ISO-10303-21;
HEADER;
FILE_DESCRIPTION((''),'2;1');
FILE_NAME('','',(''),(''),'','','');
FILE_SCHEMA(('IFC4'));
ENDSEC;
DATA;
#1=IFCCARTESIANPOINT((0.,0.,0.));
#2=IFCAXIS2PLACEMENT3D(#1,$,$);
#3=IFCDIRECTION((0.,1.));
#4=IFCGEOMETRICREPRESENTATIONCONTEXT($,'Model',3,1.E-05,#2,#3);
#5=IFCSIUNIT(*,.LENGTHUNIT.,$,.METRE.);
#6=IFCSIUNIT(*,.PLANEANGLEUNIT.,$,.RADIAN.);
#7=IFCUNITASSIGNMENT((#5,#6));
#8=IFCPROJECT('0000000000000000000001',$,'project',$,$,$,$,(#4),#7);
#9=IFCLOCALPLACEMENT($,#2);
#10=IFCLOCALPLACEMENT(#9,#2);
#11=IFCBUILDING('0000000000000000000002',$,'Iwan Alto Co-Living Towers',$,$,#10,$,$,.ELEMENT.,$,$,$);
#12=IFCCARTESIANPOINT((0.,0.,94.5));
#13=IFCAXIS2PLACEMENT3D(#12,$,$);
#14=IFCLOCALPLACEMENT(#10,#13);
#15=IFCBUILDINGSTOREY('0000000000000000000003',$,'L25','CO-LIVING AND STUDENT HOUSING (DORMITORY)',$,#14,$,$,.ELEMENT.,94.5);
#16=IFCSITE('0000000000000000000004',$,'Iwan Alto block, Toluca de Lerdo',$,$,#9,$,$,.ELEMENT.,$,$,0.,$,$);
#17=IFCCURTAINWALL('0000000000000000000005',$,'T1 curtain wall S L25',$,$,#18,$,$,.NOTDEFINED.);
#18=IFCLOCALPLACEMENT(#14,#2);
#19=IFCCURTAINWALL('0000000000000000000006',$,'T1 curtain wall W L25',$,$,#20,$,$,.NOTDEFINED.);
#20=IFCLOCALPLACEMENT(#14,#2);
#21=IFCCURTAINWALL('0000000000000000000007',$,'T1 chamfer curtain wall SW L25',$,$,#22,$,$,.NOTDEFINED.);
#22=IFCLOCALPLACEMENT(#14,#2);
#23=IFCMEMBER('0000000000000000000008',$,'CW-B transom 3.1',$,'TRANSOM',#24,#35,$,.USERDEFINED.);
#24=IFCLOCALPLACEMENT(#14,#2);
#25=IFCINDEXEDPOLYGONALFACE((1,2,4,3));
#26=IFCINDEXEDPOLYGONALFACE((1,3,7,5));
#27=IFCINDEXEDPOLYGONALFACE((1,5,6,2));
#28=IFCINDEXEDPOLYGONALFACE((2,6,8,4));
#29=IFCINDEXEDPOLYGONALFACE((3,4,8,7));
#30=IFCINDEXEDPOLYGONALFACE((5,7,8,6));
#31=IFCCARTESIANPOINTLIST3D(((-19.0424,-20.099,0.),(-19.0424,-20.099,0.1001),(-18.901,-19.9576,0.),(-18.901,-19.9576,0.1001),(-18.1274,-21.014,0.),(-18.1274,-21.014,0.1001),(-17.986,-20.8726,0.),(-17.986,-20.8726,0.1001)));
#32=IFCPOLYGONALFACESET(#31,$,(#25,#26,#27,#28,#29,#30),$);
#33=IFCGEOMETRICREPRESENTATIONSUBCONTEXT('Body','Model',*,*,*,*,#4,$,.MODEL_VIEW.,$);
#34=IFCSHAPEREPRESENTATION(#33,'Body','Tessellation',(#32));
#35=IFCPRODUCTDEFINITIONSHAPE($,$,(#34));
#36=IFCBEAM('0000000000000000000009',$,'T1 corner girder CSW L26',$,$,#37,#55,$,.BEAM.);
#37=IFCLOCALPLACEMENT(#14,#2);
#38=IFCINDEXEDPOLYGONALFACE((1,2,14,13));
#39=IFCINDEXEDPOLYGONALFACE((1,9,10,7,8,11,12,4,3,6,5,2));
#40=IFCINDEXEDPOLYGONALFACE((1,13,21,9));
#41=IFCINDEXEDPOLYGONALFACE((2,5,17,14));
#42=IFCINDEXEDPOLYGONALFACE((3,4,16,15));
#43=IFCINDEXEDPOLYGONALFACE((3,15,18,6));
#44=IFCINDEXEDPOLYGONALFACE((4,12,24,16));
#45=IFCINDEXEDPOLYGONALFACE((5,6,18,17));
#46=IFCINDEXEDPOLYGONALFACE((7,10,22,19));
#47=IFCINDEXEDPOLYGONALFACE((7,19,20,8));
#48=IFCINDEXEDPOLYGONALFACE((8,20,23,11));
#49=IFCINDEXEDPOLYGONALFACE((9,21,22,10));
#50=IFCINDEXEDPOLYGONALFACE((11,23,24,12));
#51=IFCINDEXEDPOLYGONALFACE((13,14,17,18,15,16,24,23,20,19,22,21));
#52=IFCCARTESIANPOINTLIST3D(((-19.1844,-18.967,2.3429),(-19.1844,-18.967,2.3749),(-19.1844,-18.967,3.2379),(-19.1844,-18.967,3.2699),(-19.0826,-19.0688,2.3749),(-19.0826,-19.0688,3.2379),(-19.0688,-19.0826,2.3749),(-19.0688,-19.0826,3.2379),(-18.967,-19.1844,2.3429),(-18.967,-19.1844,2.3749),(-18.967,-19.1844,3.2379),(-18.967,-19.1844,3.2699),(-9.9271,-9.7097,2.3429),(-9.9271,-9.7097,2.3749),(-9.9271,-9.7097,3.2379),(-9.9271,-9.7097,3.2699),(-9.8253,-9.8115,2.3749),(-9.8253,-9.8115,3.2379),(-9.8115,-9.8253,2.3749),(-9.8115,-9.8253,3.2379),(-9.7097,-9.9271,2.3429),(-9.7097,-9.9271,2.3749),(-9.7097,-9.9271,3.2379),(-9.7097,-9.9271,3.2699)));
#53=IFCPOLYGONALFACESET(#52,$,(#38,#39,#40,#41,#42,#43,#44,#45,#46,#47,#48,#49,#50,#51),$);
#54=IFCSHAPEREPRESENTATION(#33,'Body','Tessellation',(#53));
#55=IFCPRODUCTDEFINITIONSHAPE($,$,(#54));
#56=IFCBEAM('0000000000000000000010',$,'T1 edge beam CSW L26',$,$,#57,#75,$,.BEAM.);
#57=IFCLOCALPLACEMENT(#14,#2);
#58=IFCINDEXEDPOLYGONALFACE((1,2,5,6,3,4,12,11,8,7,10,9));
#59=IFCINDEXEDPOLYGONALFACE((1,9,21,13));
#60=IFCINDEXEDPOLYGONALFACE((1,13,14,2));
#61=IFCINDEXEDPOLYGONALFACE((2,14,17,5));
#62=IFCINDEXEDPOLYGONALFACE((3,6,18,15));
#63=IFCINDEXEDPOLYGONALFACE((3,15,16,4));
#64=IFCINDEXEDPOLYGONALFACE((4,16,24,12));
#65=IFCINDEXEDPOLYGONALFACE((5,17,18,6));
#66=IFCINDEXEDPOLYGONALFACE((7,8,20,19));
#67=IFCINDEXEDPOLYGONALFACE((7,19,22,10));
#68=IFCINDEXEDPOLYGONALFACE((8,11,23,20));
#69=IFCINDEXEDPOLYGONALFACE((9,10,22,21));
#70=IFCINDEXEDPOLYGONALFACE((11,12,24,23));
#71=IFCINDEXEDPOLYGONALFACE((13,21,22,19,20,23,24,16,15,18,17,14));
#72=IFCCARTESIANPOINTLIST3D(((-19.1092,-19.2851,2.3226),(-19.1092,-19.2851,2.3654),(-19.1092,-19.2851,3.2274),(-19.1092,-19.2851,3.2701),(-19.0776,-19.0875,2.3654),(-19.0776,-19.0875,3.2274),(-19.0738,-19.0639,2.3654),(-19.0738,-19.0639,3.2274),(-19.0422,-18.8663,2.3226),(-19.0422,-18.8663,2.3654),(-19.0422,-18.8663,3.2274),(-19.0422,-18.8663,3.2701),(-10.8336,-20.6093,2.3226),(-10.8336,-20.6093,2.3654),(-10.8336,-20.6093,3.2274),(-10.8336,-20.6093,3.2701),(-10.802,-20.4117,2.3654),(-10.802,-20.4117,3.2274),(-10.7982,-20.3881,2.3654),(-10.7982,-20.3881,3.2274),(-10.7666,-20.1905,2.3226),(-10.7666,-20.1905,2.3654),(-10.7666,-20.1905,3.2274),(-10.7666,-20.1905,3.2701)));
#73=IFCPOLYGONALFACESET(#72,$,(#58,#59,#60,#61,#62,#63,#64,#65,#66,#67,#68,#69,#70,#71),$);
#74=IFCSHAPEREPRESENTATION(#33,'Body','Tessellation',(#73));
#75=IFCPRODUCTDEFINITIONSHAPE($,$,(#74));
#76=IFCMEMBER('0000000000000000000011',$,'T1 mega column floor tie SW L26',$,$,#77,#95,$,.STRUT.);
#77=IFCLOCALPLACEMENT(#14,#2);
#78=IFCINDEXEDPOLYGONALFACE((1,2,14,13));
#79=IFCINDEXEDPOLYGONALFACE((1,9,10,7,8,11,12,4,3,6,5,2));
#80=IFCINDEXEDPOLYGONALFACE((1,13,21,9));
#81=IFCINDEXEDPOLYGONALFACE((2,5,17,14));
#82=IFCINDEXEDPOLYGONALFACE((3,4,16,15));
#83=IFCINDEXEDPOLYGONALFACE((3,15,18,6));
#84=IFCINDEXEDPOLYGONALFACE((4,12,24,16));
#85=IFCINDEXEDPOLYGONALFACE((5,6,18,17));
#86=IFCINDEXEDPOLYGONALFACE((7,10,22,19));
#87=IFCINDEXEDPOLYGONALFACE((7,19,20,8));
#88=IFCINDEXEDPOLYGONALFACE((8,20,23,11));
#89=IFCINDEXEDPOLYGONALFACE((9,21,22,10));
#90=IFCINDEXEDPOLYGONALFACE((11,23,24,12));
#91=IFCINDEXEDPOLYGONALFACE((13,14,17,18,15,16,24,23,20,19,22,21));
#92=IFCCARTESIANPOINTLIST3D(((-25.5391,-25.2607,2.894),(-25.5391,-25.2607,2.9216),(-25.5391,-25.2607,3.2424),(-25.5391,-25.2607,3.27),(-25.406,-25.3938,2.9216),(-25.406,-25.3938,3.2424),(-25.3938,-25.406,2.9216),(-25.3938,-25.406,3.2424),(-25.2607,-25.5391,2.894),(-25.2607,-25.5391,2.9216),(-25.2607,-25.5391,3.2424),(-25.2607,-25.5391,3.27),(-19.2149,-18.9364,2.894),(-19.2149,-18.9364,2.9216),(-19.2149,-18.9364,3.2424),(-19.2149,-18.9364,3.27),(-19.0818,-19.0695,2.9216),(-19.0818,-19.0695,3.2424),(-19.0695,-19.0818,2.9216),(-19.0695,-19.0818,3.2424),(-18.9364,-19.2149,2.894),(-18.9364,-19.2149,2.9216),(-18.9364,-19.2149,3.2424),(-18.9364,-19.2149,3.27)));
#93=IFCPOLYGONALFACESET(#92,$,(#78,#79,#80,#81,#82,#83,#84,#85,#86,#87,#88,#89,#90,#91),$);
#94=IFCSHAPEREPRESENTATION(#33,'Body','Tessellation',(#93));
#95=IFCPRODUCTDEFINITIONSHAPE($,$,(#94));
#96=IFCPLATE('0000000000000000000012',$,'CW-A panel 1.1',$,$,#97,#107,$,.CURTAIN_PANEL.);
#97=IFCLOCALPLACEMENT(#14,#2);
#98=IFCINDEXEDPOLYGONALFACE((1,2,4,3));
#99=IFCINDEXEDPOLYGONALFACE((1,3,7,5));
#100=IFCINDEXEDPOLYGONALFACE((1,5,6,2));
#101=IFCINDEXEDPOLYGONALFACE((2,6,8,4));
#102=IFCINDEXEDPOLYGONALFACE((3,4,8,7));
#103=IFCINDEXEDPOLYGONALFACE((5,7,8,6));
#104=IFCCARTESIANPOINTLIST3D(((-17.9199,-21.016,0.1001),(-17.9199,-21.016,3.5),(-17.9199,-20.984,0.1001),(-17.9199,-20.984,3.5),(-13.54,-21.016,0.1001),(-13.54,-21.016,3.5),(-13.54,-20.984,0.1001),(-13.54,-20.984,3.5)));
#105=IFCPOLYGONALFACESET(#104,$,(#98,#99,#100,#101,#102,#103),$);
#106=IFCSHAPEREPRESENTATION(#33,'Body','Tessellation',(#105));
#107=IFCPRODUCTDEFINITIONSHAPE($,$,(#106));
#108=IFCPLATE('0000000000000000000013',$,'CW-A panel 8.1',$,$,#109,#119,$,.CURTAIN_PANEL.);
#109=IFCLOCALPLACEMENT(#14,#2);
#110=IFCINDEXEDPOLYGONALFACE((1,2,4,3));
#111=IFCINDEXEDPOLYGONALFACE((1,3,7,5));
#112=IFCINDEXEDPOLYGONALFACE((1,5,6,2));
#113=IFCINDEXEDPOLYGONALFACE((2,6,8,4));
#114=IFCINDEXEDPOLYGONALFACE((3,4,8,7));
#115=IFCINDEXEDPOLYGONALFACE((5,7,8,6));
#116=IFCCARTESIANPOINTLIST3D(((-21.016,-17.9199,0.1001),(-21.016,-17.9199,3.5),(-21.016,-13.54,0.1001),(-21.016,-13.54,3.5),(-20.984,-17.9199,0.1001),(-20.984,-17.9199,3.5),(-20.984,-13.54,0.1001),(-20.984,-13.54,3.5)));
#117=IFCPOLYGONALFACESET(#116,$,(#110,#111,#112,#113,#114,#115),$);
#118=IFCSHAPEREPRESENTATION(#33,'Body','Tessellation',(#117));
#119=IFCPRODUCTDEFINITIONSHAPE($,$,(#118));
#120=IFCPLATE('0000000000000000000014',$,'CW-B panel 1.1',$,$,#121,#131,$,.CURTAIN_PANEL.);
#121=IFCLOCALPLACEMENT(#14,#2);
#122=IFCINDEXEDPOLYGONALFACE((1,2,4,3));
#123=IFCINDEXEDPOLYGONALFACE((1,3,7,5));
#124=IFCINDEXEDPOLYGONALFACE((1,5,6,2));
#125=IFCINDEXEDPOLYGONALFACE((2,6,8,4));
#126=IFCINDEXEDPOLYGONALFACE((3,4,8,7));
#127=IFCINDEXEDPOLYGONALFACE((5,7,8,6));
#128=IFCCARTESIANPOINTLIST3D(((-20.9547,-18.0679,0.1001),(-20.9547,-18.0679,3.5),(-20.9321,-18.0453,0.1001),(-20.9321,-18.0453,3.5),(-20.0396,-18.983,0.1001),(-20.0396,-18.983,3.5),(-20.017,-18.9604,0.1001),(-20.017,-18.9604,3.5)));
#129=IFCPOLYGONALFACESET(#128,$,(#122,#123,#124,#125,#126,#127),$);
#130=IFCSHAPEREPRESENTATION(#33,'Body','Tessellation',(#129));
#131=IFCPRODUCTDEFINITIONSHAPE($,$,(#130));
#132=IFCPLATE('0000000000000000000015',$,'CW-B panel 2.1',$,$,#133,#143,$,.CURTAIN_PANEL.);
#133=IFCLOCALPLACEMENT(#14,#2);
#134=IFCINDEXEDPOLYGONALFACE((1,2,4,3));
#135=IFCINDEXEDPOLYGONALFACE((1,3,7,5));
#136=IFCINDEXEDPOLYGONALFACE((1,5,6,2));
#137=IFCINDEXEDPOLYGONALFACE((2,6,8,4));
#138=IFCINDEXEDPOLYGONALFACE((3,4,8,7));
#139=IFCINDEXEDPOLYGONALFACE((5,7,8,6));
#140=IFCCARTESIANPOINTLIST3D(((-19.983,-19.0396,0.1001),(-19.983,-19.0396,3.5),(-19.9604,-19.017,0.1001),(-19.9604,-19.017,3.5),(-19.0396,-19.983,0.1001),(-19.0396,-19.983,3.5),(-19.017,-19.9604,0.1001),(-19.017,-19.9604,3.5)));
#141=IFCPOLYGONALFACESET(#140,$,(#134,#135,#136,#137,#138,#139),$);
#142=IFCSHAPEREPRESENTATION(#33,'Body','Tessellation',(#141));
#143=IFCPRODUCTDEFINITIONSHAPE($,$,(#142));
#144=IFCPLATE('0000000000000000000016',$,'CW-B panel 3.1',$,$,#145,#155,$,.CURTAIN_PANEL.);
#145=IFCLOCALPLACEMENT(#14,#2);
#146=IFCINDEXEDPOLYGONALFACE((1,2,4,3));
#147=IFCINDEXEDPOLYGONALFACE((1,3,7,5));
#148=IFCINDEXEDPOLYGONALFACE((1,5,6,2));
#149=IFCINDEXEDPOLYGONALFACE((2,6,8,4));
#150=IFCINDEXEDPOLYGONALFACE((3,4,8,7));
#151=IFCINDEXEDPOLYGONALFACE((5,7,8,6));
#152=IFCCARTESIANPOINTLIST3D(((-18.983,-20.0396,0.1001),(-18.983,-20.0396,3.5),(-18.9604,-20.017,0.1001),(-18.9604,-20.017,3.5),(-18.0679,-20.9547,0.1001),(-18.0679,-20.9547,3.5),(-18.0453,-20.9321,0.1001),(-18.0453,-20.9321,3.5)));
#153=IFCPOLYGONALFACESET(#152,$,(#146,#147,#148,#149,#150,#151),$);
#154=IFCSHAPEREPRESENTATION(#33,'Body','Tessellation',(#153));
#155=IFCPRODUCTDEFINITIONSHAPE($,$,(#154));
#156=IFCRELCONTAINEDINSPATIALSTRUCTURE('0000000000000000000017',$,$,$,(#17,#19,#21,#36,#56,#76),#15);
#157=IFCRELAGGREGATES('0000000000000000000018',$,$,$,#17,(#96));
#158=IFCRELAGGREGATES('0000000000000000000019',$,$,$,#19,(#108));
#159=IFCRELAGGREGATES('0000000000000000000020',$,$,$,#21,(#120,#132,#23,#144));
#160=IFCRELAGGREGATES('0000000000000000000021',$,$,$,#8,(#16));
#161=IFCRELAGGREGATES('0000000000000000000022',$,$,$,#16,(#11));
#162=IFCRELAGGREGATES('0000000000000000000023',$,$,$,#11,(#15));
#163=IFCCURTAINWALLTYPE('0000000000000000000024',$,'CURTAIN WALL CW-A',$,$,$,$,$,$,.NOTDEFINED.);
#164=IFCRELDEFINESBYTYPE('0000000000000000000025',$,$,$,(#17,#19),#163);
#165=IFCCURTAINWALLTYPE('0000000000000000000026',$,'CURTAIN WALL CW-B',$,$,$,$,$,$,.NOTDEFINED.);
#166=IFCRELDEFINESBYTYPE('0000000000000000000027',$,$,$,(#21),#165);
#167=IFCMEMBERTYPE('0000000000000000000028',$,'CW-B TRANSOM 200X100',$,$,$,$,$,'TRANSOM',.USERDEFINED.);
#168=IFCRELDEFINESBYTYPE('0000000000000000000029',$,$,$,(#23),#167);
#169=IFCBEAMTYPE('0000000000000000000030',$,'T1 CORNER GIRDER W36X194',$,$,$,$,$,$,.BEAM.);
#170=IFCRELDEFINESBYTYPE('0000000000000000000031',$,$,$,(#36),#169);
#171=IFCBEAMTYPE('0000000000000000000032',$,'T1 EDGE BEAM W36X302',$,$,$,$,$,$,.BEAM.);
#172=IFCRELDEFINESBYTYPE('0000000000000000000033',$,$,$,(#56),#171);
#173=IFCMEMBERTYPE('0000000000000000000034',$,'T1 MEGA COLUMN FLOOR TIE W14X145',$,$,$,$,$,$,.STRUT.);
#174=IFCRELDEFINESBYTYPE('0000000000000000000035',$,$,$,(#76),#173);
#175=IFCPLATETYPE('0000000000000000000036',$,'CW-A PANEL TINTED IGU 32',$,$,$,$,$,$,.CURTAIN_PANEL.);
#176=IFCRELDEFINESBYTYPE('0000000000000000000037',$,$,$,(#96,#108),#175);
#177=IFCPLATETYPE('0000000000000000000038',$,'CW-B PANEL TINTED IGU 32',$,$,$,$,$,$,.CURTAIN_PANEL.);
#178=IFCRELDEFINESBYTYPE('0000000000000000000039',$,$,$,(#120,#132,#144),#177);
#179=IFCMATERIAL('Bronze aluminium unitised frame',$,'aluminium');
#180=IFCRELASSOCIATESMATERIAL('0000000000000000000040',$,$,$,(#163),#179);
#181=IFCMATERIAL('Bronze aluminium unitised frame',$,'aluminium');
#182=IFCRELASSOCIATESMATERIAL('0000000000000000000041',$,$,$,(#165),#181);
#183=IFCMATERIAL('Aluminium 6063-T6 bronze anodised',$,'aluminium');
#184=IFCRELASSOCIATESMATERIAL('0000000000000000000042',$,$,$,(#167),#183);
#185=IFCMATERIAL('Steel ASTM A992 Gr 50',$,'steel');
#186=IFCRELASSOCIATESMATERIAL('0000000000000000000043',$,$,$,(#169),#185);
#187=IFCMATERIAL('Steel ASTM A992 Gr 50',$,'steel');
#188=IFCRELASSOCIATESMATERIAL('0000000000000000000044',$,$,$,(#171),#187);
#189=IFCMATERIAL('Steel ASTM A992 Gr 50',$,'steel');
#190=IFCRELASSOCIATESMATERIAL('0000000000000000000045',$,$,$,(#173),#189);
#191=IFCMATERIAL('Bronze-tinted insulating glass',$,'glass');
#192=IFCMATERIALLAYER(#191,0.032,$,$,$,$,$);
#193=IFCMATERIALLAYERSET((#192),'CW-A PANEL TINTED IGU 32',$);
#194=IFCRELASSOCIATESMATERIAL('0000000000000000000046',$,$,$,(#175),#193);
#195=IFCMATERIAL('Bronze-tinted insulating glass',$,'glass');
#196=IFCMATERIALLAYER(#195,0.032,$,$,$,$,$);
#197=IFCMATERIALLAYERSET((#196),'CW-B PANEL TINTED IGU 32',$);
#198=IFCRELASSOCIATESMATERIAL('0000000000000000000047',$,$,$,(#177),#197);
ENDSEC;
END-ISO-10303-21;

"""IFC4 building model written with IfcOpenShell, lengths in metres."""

from ifc_helpers import new_model, si_unit, direction, frame, origin, origin_2d, place, context, subcontext, project, spatial, rectangle, i_section, extrude, material, layer, layer_set, material_profile, profile_set, type_object, element, aggregate, save


model = new_model("IFC4")

# Units and contexts
model_context = context("Model", 3, precision=1e-05, world=origin(), true_north=direction((0.0, 1.0)))
body_context = subcontext(model_context, "Body", "Model", "MODEL_VIEW")
ifc_project = project(units=[si_unit("LENGTHUNIT", "METRE"), si_unit("PLANEANGLEUNIT", "RADIAN")], contexts=[model_context])

# Site, building, storey
site_placement = place(None, origin())
site = spatial("IfcSite", under=ifc_project, at=site_placement, Name="Iwan Alto block, Toluca de Lerdo", CompositionType="ELEMENT", RefElevation=0.0)
building_placement = place(site_placement, origin())
building = spatial("IfcBuilding", under=site, at=building_placement, Name="Iwan Alto Co-Living Towers", CompositionType="ELEMENT")
storey_placement = place(building_placement, frame((0.0, 0.0, 94.5)))
storey = spatial("IfcBuildingStorey", under=building, at=storey_placement, Name="L25", Description="CO-LIVING AND STUDENT HOUSING (DORMITORY)", CompositionType="ELEMENT", Elevation=94.5)

# Curtain wall
ifc_material_1 = material(Name="Bronze aluminium unitised frame", Category="aluminium")
curtain_wall_type_1 = type_object("IfcCurtainWallType", Name="CURTAIN WALL CW-A", PredefinedType="NOTDEFINED", material=ifc_material_1)
curtain_wall_1_placement = place(storey_placement, origin())
curtain_wall_1 = element("IfcCurtainWall", 1, at=curtain_wall_1_placement, inside=storey, type_object=curtain_wall_type_1, Name="T1 curtain wall S L25", PredefinedType="NOTDEFINED")

# Curtain wall
curtain_wall_2_placement = place(storey_placement, origin())
curtain_wall_2 = element("IfcCurtainWall", 2, at=curtain_wall_2_placement, inside=storey, type_object=curtain_wall_type_1, Name="T1 curtain wall W L25", PredefinedType="NOTDEFINED")

# Curtain wall, member
ifc_material_2 = material(Name="Bronze aluminium unitised frame", Category="aluminium")
curtain_wall_type_2 = type_object("IfcCurtainWallType", Name="CURTAIN WALL CW-B", PredefinedType="NOTDEFINED", material=ifc_material_2)
curtain_wall_3_placement = place(storey_placement, origin())
curtain_wall_3 = element("IfcCurtainWall", 3, at=curtain_wall_3_placement, inside=storey, type_object=curtain_wall_type_2, Name="T1 chamfer curtain wall SW L25", PredefinedType="NOTDEFINED")
ifc_material_3 = material(Name="Aluminium 6063-T6 bronze anodised", Category="aluminium")
ifc_material_profile_1 = material_profile(ifc_material_3, rectangle(XDim=0.2, YDim=0.1001, at=origin_2d()), Name="AL 200X100")
ifc_profile_set_1 = profile_set([ifc_material_profile_1], Name="Aluminium 6063-T6 bronze anodised")
member_type_1 = type_object("IfcMemberType", Name="CW-B TRANSOM 200X100", ElementType="TRANSOM", PredefinedType="USERDEFINED", material=ifc_profile_set_1)
member_1_placement = place(storey_placement, frame((-18.9717, -20.0283, 0.05), z_axis=(0.707107, -0.707107, 0.0), x_axis=(0.707107, 0.707107, 0.0)))
member_1 = element("IfcMember", 4, at=member_1_placement, type_object=member_type_1, Name="CW-B transom 3.1", ObjectType="TRANSOM", PredefinedType="USERDEFINED", context=body_context, shape_type="SweptSolid", body=[
    extrude(rectangle(XDim=0.2, YDim=0.1001, at=origin_2d()), origin(), (0.0, 0.0, 1.0), 1.2939),
])

# Beams
ifc_material_4 = material(Name="Steel ASTM A992 Gr 50", Category="steel")
ifc_material_profile_2 = material_profile(ifc_material_4, i_section(OverallWidth=0.3074, OverallDepth=0.927, WebThickness=0.0195, FlangeThickness=0.032, at=origin_2d()), Name="W36X194")
ifc_profile_set_2 = profile_set([ifc_material_profile_2], Name="Steel ASTM A992 Gr 50")
beam_type_1 = type_object("IfcBeamType", Name="T1 CORNER GIRDER W36X194", PredefinedType="BEAM", material=ifc_profile_set_2)
beam_1_placement = place(storey_placement, frame((-19.0757, -19.0757, 2.8064), z_axis=(0.707107, 0.707107, 0.0), x_axis=(-0.707107, 0.707107, 0.0)))
element("IfcBeam", 5, at=beam_1_placement, inside=storey, type_object=beam_type_1, Name="T1 corner girder CSW L26", PredefinedType="BEAM", context=body_context, shape_type="SweptSolid", body=[
    extrude(i_section(OverallWidth=0.3074, OverallDepth=0.927, WebThickness=0.0195, FlangeThickness=0.032, at=origin_2d()), origin(), (0.0, 0.0, 1.0), 13.0918),
])
ifc_material_5 = material(Name="Steel ASTM A992 Gr 50", Category="steel")
ifc_material_profile_3 = material_profile(ifc_material_5, i_section(OverallWidth=0.4241, OverallDepth=0.9475, WebThickness=0.0239, FlangeThickness=0.0427, at=origin_2d()), Name="W36X302")
ifc_profile_set_3 = profile_set([ifc_material_profile_3], Name="Steel ASTM A992 Gr 50")
beam_type_2 = type_object("IfcBeamType", Name="T1 EDGE BEAM W36X302", PredefinedType="BEAM", material=ifc_profile_set_3)
beam_2_placement = place(storey_placement, frame((-19.0757, -19.0757, 2.7964), z_axis=(0.987438, -0.158004, 0.0), x_axis=(0.158004, 0.987438, 0.0)))
element("IfcBeam", 6, at=beam_2_placement, inside=storey, type_object=beam_type_2, Name="T1 edge beam CSW L26", PredefinedType="BEAM", context=body_context, shape_type="SweptSolid", body=[
    extrude(i_section(OverallWidth=0.4241, OverallDepth=0.9475, WebThickness=0.0239, FlangeThickness=0.0427, at=origin_2d()), origin(), (0.0, 0.0, 1.0), 8.3809),
])

# Member
ifc_material_6 = material(Name="Steel ASTM A992 Gr 50", Category="steel")
ifc_material_profile_4 = material_profile(ifc_material_6, i_section(OverallWidth=0.3938, OverallDepth=0.376, WebThickness=0.0173, FlangeThickness=0.0276, at=origin_2d()), Name="W14X145")
ifc_profile_set_4 = profile_set([ifc_material_profile_4], Name="Steel ASTM A992 Gr 50")
member_type_2 = type_object("IfcMemberType", Name="T1 MEGA COLUMN FLOOR TIE W14X145", PredefinedType="STRUT", material=ifc_profile_set_4)
member_2_placement = place(storey_placement, frame((-25.3999, -25.3999, 3.082), z_axis=(0.707107, 0.707107, 0.0), x_axis=(-0.707107, 0.707107, 0.0)))
element("IfcMember", 7, at=member_2_placement, inside=storey, type_object=member_type_2, Name="T1 mega column floor tie SW L26", PredefinedType="STRUT", context=body_context, shape_type="SweptSolid", body=[
    extrude(i_section(OverallWidth=0.3938, OverallDepth=0.376, WebThickness=0.0173, FlangeThickness=0.0276, at=origin_2d()), origin(), (0.0, 0.0, 1.0), 8.9438),
])

# Plates
ifc_material_7 = material(Name="Bronze-tinted insulating glass", Category="glass")
ifc_layer_1 = layer(ifc_material_7, 0.032)
ifc_layer_set_1 = layer_set([ifc_layer_1], Name="CW-A PANEL TINTED IGU 32")
plate_type_1 = type_object("IfcPlateType", Name="CW-A PANEL TINTED IGU 32", PredefinedType="CURTAIN_PANEL", material=ifc_layer_set_1)
plate_1_placement = place(storey_placement, frame((-15.73, -21.0, 0.1001), z_axis=(0.0, 0.0, 1.0), x_axis=(1.0, 0.0, 0.0)))
plate_1 = element("IfcPlate", 8, at=plate_1_placement, type_object=plate_type_1, Name="CW-A panel 1.1", PredefinedType="CURTAIN_PANEL", context=body_context, shape_type="SweptSolid", body=[
    extrude(rectangle(XDim=4.3799, YDim=0.032, at=origin_2d()), origin(), (0.0, 0.0, 1.0), 3.3999),
])
aggregate(curtain_wall_1, [plate_1])
plate_2_placement = place(storey_placement, frame((-21.0, -15.73, 0.1001), z_axis=(0.0, 0.0, 1.0), x_axis=(0.0, -1.0, 0.0)))
plate_2 = element("IfcPlate", 9, at=plate_2_placement, type_object=plate_type_1, Name="CW-A panel 8.1", PredefinedType="CURTAIN_PANEL", context=body_context, shape_type="SweptSolid", body=[
    extrude(rectangle(XDim=4.3799, YDim=0.032, at=origin_2d()), origin(), (0.0, 0.0, 1.0), 3.3999),
])
aggregate(curtain_wall_2, [plate_2])
ifc_material_8 = material(Name="Bronze-tinted insulating glass", Category="glass")
ifc_layer_2 = layer(ifc_material_8, 0.032)
ifc_layer_set_2 = layer_set([ifc_layer_2], Name="CW-B PANEL TINTED IGU 32")
plate_type_2 = type_object("IfcPlateType", Name="CW-B PANEL TINTED IGU 32", PredefinedType="CURTAIN_PANEL", material=ifc_layer_set_2)
plate_3_placement = place(storey_placement, frame((-20.4858, -18.5142, 0.1001), z_axis=(0.0, 0.0, 1.0), x_axis=(0.707107, -0.707107, 0.0)))
plate_3 = element("IfcPlate", 10, at=plate_3_placement, type_object=plate_type_2, Name="CW-B panel 1.1", PredefinedType="CURTAIN_PANEL", context=body_context, shape_type="SweptSolid", body=[
    extrude(rectangle(XDim=1.2942, YDim=0.032, at=origin_2d()), origin(), (0.0, 0.0, 1.0), 3.3999),
])
plate_4_placement = place(storey_placement, frame((-19.5, -19.5, 0.1001), z_axis=(0.0, 0.0, 1.0), x_axis=(0.707107, -0.707107, 0.0)))
plate_4 = element("IfcPlate", 11, at=plate_4_placement, type_object=plate_type_2, Name="CW-B panel 2.1", PredefinedType="CURTAIN_PANEL", context=body_context, shape_type="SweptSolid", body=[
    extrude(rectangle(XDim=1.3342, YDim=0.032, at=origin_2d()), origin(), (0.0, 0.0, 1.0), 3.3999),
])
plate_5_placement = place(storey_placement, frame((-18.5142, -20.4858, 0.1001), z_axis=(0.0, 0.0, 1.0), x_axis=(0.707107, -0.707107, 0.0)))
plate_5 = element("IfcPlate", 12, at=plate_5_placement, type_object=plate_type_2, Name="CW-B panel 3.1", PredefinedType="CURTAIN_PANEL", context=body_context, shape_type="SweptSolid", body=[
    extrude(rectangle(XDim=1.2942, YDim=0.032, at=origin_2d()), origin(), (0.0, 0.0, 1.0), 3.3999),
])
aggregate(curtain_wall_3, [plate_3, plate_4, member_1, plate_5])

save(model, "model.ifc")
